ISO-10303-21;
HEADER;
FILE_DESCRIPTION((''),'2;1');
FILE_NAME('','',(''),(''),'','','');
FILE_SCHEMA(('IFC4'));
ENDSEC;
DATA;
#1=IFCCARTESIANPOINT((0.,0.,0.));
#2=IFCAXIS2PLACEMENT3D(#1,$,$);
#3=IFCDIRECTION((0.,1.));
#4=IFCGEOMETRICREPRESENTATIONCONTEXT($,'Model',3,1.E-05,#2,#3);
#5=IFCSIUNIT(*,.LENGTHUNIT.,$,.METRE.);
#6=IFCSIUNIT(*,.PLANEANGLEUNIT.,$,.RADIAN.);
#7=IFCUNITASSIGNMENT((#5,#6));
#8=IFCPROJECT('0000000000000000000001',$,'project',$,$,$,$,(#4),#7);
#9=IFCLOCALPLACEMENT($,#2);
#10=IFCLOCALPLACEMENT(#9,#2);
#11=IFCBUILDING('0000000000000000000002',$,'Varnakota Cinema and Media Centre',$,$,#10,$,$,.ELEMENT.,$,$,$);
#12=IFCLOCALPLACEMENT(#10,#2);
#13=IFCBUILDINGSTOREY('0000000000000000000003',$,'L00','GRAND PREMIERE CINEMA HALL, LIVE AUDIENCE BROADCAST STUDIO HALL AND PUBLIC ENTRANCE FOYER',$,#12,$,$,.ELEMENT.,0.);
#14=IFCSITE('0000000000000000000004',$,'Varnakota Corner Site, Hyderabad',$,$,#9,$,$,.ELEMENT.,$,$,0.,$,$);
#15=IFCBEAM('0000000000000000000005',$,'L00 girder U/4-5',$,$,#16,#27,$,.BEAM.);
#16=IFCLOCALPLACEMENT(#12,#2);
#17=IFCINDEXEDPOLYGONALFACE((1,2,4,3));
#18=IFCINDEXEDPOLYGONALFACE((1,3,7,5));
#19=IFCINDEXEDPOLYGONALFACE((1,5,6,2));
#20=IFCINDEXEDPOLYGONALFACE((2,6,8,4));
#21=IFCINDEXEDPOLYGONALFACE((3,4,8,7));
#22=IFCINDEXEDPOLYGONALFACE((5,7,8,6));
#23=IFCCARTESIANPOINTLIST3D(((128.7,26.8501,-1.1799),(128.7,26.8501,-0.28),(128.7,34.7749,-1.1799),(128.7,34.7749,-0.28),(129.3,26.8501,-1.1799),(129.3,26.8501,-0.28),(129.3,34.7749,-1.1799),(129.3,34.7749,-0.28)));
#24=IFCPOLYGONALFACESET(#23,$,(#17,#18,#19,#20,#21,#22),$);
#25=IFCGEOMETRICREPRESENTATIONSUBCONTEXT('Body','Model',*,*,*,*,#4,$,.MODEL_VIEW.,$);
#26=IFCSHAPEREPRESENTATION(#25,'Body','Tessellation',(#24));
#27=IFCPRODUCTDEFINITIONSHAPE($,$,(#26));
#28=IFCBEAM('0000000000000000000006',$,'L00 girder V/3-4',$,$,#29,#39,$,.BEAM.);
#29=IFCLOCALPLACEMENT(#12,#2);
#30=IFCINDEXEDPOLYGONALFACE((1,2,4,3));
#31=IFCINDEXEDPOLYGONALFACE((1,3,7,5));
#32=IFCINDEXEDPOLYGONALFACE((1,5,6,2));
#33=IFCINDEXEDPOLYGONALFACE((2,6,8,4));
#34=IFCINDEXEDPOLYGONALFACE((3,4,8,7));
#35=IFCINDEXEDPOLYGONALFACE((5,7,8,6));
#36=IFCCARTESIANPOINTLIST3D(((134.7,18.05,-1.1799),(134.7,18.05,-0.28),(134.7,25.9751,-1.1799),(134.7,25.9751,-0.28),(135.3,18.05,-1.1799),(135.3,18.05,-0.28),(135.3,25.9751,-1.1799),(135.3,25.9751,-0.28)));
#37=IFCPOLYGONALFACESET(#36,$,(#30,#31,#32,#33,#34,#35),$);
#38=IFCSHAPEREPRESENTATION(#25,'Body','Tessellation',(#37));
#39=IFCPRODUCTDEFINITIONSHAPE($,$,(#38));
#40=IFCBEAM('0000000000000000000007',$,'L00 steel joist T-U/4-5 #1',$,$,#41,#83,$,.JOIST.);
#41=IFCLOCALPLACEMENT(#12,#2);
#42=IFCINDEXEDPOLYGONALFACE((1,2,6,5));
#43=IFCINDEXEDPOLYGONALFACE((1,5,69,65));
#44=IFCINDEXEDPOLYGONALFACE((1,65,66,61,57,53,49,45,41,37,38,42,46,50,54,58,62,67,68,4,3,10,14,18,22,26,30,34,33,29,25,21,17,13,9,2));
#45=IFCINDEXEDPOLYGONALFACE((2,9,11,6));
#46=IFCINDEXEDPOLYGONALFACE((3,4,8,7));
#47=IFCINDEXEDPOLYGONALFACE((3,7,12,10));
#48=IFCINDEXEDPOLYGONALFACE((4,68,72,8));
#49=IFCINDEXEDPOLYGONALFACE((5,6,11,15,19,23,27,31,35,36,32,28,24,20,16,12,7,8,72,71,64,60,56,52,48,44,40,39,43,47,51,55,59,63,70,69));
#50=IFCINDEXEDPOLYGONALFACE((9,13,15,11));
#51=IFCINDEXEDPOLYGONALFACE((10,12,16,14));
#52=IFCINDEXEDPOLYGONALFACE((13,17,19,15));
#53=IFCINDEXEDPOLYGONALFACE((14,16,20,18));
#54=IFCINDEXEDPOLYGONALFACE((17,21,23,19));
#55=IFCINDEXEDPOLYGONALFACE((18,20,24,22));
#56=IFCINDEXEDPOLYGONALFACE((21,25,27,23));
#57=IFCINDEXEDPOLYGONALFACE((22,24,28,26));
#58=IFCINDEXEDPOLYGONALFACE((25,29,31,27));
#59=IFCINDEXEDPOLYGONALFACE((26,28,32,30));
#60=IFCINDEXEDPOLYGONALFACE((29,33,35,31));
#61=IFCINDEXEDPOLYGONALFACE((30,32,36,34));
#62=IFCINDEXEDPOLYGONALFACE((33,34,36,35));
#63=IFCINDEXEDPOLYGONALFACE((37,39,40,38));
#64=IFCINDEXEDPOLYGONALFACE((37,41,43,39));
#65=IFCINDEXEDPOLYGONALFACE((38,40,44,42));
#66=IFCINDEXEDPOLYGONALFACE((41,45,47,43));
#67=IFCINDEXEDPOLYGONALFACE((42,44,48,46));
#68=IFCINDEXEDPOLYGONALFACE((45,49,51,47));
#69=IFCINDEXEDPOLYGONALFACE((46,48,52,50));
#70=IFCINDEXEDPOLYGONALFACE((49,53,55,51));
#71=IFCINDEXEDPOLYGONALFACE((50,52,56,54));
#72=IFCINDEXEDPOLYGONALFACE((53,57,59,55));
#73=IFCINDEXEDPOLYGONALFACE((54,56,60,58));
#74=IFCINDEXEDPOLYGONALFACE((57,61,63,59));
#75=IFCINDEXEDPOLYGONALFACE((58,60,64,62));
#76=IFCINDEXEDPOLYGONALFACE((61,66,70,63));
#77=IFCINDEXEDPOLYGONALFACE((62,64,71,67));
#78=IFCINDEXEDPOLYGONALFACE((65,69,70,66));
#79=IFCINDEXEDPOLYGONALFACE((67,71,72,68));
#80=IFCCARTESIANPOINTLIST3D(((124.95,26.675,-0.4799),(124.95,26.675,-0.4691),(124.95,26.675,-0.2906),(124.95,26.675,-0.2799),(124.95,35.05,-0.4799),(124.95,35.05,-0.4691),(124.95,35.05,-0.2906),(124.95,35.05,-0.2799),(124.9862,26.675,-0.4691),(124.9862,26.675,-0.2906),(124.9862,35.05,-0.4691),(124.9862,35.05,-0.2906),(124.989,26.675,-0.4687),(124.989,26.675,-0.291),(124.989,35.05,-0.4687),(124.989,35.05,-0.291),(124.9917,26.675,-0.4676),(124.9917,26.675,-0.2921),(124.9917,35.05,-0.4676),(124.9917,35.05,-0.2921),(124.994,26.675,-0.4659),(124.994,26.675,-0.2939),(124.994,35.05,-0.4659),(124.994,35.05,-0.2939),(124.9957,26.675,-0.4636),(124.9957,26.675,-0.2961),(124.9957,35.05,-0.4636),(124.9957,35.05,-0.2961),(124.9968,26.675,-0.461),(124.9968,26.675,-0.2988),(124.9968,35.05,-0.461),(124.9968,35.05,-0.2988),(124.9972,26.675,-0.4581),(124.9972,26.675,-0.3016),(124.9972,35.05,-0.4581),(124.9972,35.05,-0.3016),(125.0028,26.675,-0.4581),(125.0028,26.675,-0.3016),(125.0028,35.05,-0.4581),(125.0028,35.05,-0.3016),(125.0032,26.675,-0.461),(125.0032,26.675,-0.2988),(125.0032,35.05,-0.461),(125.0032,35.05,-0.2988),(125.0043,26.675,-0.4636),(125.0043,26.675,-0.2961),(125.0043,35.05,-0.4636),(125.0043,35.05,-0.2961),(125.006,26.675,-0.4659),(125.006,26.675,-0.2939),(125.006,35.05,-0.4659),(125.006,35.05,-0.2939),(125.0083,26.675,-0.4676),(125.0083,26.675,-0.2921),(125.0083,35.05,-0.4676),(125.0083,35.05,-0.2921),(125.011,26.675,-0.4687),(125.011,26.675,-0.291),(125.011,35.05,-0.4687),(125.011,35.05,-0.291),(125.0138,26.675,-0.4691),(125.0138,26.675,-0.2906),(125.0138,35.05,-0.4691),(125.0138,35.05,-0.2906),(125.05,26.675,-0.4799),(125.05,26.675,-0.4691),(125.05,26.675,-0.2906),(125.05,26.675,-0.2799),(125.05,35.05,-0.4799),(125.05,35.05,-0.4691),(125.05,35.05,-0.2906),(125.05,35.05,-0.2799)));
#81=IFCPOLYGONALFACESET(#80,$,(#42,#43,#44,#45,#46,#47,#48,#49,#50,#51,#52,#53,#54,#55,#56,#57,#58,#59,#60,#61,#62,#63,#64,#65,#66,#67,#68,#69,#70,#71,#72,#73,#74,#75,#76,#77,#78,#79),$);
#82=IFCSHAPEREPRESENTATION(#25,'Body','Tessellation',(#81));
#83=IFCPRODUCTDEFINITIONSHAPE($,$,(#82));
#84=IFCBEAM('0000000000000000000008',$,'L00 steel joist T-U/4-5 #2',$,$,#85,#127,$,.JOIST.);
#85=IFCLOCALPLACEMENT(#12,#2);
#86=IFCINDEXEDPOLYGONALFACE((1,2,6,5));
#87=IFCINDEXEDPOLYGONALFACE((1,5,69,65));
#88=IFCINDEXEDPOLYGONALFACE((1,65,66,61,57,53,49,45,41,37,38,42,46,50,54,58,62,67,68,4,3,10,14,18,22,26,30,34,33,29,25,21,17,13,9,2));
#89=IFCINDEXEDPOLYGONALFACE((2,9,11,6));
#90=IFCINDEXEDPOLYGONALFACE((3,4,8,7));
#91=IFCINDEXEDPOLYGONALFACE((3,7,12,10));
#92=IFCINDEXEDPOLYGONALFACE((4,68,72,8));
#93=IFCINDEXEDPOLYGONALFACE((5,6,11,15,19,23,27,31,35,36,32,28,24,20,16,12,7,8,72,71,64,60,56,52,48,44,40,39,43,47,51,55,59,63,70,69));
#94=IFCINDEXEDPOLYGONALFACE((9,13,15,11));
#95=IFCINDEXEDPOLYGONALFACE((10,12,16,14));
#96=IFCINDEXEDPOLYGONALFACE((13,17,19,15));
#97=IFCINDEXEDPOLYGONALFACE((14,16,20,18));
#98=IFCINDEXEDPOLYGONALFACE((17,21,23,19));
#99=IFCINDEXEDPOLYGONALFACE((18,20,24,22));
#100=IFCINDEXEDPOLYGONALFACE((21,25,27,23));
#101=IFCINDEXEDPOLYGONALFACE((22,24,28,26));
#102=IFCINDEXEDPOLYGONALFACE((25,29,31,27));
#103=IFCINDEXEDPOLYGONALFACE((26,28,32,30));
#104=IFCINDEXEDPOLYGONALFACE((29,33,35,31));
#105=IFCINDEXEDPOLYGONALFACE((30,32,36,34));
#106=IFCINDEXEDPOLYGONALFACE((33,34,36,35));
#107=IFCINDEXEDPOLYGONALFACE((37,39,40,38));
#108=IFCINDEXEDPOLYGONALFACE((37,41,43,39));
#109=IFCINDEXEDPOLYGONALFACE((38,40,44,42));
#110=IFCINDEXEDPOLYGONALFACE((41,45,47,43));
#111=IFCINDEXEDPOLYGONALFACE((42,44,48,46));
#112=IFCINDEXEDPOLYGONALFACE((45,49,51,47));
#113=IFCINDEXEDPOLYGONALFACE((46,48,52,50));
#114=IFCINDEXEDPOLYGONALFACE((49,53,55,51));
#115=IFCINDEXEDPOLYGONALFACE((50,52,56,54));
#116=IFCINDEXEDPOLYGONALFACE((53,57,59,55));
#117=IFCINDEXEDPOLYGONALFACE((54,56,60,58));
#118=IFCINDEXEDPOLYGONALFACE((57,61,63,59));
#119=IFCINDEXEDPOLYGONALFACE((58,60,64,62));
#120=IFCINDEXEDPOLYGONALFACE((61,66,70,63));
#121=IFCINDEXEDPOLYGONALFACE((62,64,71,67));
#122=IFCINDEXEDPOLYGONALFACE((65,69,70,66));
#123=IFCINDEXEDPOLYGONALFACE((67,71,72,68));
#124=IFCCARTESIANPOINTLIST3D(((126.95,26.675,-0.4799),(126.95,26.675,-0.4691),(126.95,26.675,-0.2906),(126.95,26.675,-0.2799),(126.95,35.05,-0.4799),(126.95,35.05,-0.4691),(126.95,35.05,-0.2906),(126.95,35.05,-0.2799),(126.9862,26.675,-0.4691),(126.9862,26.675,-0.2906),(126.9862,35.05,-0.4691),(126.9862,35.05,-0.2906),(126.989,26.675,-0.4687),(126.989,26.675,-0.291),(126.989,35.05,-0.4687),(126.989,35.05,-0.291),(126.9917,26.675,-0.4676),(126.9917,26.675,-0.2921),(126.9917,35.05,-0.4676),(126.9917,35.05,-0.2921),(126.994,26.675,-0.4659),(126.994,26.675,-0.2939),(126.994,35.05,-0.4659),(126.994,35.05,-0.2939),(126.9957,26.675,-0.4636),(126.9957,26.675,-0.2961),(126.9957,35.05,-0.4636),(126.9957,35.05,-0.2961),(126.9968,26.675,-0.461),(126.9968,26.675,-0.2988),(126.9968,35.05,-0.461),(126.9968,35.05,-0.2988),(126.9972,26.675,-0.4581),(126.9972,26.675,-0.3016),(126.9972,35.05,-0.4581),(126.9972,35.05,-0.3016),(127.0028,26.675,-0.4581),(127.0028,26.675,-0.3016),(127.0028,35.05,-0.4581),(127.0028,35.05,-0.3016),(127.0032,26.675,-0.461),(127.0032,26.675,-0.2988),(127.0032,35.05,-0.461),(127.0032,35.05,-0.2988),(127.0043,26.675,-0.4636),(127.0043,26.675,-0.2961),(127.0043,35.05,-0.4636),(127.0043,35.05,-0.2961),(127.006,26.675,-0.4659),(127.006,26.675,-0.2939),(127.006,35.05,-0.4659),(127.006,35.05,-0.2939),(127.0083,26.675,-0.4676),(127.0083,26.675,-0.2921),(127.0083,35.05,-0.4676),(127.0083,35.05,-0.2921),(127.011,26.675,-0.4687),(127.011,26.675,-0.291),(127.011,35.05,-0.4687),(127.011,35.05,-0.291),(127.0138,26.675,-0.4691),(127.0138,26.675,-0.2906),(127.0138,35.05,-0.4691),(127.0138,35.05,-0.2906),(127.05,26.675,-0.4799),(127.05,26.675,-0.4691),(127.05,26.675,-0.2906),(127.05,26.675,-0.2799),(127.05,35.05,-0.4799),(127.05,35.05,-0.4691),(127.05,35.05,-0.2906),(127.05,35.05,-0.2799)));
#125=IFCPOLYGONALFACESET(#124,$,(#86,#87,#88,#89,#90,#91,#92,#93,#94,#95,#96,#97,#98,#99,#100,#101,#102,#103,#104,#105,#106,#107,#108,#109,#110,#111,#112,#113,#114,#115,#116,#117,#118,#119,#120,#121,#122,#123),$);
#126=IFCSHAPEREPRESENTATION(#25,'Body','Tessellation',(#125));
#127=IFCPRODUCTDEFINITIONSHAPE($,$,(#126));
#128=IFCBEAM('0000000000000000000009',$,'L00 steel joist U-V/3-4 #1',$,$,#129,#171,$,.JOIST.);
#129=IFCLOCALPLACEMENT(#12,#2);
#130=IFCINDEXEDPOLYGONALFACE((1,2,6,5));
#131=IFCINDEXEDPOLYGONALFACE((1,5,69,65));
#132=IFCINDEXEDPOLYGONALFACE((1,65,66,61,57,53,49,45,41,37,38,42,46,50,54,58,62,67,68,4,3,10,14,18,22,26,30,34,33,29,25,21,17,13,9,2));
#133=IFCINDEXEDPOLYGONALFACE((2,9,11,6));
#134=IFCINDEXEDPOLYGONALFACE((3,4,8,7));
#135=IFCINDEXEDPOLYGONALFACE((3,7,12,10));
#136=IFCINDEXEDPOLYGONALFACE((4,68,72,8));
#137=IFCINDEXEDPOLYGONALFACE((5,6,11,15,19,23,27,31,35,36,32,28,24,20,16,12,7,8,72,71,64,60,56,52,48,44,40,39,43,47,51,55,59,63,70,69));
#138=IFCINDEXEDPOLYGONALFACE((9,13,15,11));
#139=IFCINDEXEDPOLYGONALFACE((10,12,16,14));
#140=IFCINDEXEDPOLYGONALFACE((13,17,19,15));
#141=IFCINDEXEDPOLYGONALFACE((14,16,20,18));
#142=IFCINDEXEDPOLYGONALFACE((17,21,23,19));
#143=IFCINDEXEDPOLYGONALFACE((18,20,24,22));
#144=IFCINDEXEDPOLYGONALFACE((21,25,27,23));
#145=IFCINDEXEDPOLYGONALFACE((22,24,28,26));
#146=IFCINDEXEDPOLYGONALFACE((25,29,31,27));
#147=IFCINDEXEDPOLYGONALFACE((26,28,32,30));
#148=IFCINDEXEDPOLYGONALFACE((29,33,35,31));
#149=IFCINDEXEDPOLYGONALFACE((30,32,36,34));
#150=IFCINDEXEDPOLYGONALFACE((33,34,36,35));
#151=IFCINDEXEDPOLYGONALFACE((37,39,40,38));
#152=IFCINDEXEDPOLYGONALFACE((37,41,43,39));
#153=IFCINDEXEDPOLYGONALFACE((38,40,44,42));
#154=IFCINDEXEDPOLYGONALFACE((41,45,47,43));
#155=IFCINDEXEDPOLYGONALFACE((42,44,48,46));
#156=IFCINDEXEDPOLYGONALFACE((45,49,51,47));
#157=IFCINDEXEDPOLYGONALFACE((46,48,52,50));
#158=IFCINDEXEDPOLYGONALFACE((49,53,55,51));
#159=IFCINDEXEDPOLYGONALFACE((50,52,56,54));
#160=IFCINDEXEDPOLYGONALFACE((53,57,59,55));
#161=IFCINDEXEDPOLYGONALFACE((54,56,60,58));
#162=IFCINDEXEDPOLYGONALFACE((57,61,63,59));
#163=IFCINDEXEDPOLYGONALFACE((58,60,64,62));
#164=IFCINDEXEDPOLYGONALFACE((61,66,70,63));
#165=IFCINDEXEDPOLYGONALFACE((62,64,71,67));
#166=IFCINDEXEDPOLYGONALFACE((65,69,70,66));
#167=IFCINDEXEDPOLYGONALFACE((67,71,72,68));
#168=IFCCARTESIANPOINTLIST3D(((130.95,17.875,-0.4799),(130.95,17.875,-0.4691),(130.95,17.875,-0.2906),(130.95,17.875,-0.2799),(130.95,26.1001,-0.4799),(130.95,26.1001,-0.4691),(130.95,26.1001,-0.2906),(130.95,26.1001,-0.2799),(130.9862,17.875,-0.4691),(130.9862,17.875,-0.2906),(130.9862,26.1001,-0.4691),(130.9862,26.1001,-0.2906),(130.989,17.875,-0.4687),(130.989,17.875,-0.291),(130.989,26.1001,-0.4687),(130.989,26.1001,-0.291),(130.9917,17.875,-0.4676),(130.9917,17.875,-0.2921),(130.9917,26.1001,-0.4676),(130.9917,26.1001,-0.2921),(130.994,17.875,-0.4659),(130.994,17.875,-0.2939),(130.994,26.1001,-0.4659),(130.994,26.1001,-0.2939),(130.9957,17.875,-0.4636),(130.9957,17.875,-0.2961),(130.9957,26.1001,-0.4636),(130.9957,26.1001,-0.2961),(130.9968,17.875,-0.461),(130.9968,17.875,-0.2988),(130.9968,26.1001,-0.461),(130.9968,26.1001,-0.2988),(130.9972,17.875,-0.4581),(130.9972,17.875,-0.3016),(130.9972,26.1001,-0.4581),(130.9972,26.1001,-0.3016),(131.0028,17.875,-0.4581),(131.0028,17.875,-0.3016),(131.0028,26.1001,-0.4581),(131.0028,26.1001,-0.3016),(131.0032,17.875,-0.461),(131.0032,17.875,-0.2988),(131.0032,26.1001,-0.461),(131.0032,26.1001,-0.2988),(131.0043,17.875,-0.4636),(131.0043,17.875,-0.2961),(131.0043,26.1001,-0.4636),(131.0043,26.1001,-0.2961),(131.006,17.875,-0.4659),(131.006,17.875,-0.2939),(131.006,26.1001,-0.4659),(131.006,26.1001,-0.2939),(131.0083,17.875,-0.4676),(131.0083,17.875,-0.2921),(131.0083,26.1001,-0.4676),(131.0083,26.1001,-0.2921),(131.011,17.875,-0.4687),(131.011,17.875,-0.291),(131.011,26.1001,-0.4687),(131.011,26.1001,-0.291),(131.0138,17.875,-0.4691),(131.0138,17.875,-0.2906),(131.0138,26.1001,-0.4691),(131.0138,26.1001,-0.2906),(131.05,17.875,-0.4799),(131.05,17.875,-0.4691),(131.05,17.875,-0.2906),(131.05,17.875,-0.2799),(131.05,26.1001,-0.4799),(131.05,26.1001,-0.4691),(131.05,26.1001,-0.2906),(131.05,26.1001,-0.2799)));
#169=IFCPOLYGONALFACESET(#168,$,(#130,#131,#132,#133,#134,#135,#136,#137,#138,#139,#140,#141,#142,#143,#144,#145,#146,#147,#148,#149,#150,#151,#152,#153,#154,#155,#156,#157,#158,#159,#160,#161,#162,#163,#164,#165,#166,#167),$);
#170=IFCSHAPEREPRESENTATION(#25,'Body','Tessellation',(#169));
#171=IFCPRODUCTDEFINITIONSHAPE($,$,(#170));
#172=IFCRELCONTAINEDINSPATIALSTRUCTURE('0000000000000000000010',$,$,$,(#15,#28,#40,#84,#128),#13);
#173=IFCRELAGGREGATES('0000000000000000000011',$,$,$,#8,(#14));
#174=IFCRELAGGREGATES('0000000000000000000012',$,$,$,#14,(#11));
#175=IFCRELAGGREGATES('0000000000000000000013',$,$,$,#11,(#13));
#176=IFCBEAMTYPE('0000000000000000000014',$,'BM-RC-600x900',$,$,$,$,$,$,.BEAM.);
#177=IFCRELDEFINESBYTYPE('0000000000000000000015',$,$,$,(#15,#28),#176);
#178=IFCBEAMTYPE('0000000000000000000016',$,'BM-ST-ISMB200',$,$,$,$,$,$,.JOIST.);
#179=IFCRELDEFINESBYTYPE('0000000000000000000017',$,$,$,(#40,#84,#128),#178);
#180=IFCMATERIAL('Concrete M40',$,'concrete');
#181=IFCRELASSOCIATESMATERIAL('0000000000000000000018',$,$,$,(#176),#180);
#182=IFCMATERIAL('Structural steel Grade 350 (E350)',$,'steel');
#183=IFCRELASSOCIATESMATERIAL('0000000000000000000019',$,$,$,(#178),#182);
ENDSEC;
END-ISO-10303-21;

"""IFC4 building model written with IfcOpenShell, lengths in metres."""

from ifc_helpers import new_model, si_unit, direction, frame, origin, origin_2d, place, context, subcontext, project, spatial, rectangle, i_section, extrude, material, material_profile, profile_set, type_object, element, save


model = new_model("IFC4")

# Units and contexts
model_context = context("Model", 3, precision=1e-05, world=origin(), true_north=direction((0.0, 1.0)))
body_context = subcontext(model_context, "Body", "Model", "MODEL_VIEW")
ifc_project = project(units=[si_unit("LENGTHUNIT", "METRE"), si_unit("PLANEANGLEUNIT", "RADIAN")], contexts=[model_context])

# Site, building, storey
site_placement = place(None, origin())
site = spatial("IfcSite", under=ifc_project, at=site_placement, Name="Varnakota Corner Site, Hyderabad", CompositionType="ELEMENT", RefElevation=0.0)
building_placement = place(site_placement, origin())
building = spatial("IfcBuilding", under=site, at=building_placement, Name="Varnakota Cinema and Media Centre", CompositionType="ELEMENT")
storey_placement = place(building_placement, origin())
storey = spatial("IfcBuildingStorey", under=building, at=storey_placement, Name="L00", Description="GRAND PREMIERE CINEMA HALL, LIVE AUDIENCE BROADCAST STUDIO HALL AND PUBLIC ENTRANCE FOYER", CompositionType="ELEMENT", Elevation=0.0)

# Beams
ifc_material_1 = material(Name="Concrete M40", Category="concrete")
ifc_material_profile_1 = material_profile(ifc_material_1, rectangle(XDim=0.6001, YDim=0.8999, at=origin_2d()), Name="RCB 600x900")
ifc_profile_set_1 = profile_set([ifc_material_profile_1], Name="Concrete M40")
beam_type_1 = type_object("IfcBeamType", Name="BM-RC-600x900", PredefinedType="BEAM", material=ifc_profile_set_1)
for number, where, z_axis, x_axis, name in (
    (1, (129.0, 26.8501, -0.73), (0.0, 1.0, 0.0), (-1.0, 0.0, 0.0), "L00 girder U/4-5"),
):
    element("IfcBeam", number, at=place(storey_placement, frame(where, z_axis=z_axis, x_axis=x_axis)), inside=storey, type_object=beam_type_1, Name=name, PredefinedType="BEAM", context=body_context, shape_type="SweptSolid", body=[
        extrude(rectangle(XDim=0.6001, YDim=0.8999, at=origin_2d()), origin(), (0.0, 0.0, 1.0), 7.9248),
    ])
beam_1_placement = place(storey_placement, frame((135.0, 18.05, -0.73), z_axis=(0.0, 1.0, 0.0), x_axis=(-1.0, 0.0, 0.0)))
element("IfcBeam", 2, at=beam_1_placement, inside=storey, type_object=beam_type_1, Name="L00 girder V/3-4", PredefinedType="BEAM", context=body_context, shape_type="SweptSolid", body=[
    extrude(rectangle(XDim=0.6001, YDim=0.8999, at=origin_2d()), origin(), (0.0, 0.0, 1.0), 7.925),
])
ifc_material_2 = material(Name="Structural steel Grade 350 (E350)", Category="steel")
ifc_material_profile_2 = material_profile(ifc_material_2, i_section(OverallWidth=0.1001, OverallDepth=0.2, WebThickness=0.0056, FlangeThickness=0.0107, FilletRadius=0.011, at=origin_2d()), Name="ISMB 200")
ifc_profile_set_2 = profile_set([ifc_material_profile_2], Name="Structural steel Grade 350 (E350)")
beam_type_2 = type_object("IfcBeamType", Name="BM-ST-ISMB200", PredefinedType="JOIST", material=ifc_profile_set_2)
for number, where, z_axis, x_axis, name in (
    (3, (125.0, 26.675, -0.3799), (0.0, 1.0, 0.0), (-1.0, 0.0, 0.0), "L00 steel joist T-U/4-5 #1"),
    (4, (127.0, 26.675, -0.3799), (0.0, 1.0, 0.0), (-1.0, 0.0, 0.0), "L00 steel joist T-U/4-5 #2"),
):
    element("IfcBeam", number, at=place(storey_placement, frame(where, z_axis=z_axis, x_axis=x_axis)), inside=storey, type_object=beam_type_2, Name=name, PredefinedType="JOIST", context=body_context, shape_type="SweptSolid", body=[
        extrude(i_section(OverallWidth=0.1001, OverallDepth=0.2, WebThickness=0.0056, FlangeThickness=0.0107, FilletRadius=0.011, at=origin_2d()), origin(), (0.0, 0.0, 1.0), 8.375),
    ])
for number, where, z_axis, x_axis, name in (
    (5, (131.0, 17.875, -0.3799), (0.0, 1.0, 0.0), (-1.0, 0.0, 0.0), "L00 steel joist U-V/3-4 #1"),
):
    element("IfcBeam", number, at=place(storey_placement, frame(where, z_axis=z_axis, x_axis=x_axis)), inside=storey, type_object=beam_type_2, Name=name, PredefinedType="JOIST", context=body_context, shape_type="SweptSolid", body=[
        extrude(i_section(OverallWidth=0.1001, OverallDepth=0.2, WebThickness=0.0056, FlangeThickness=0.0107, FilletRadius=0.011, at=origin_2d()), origin(), (0.0, 0.0, 1.0), 8.2251),
    ])

save(model, "model.ifc")
